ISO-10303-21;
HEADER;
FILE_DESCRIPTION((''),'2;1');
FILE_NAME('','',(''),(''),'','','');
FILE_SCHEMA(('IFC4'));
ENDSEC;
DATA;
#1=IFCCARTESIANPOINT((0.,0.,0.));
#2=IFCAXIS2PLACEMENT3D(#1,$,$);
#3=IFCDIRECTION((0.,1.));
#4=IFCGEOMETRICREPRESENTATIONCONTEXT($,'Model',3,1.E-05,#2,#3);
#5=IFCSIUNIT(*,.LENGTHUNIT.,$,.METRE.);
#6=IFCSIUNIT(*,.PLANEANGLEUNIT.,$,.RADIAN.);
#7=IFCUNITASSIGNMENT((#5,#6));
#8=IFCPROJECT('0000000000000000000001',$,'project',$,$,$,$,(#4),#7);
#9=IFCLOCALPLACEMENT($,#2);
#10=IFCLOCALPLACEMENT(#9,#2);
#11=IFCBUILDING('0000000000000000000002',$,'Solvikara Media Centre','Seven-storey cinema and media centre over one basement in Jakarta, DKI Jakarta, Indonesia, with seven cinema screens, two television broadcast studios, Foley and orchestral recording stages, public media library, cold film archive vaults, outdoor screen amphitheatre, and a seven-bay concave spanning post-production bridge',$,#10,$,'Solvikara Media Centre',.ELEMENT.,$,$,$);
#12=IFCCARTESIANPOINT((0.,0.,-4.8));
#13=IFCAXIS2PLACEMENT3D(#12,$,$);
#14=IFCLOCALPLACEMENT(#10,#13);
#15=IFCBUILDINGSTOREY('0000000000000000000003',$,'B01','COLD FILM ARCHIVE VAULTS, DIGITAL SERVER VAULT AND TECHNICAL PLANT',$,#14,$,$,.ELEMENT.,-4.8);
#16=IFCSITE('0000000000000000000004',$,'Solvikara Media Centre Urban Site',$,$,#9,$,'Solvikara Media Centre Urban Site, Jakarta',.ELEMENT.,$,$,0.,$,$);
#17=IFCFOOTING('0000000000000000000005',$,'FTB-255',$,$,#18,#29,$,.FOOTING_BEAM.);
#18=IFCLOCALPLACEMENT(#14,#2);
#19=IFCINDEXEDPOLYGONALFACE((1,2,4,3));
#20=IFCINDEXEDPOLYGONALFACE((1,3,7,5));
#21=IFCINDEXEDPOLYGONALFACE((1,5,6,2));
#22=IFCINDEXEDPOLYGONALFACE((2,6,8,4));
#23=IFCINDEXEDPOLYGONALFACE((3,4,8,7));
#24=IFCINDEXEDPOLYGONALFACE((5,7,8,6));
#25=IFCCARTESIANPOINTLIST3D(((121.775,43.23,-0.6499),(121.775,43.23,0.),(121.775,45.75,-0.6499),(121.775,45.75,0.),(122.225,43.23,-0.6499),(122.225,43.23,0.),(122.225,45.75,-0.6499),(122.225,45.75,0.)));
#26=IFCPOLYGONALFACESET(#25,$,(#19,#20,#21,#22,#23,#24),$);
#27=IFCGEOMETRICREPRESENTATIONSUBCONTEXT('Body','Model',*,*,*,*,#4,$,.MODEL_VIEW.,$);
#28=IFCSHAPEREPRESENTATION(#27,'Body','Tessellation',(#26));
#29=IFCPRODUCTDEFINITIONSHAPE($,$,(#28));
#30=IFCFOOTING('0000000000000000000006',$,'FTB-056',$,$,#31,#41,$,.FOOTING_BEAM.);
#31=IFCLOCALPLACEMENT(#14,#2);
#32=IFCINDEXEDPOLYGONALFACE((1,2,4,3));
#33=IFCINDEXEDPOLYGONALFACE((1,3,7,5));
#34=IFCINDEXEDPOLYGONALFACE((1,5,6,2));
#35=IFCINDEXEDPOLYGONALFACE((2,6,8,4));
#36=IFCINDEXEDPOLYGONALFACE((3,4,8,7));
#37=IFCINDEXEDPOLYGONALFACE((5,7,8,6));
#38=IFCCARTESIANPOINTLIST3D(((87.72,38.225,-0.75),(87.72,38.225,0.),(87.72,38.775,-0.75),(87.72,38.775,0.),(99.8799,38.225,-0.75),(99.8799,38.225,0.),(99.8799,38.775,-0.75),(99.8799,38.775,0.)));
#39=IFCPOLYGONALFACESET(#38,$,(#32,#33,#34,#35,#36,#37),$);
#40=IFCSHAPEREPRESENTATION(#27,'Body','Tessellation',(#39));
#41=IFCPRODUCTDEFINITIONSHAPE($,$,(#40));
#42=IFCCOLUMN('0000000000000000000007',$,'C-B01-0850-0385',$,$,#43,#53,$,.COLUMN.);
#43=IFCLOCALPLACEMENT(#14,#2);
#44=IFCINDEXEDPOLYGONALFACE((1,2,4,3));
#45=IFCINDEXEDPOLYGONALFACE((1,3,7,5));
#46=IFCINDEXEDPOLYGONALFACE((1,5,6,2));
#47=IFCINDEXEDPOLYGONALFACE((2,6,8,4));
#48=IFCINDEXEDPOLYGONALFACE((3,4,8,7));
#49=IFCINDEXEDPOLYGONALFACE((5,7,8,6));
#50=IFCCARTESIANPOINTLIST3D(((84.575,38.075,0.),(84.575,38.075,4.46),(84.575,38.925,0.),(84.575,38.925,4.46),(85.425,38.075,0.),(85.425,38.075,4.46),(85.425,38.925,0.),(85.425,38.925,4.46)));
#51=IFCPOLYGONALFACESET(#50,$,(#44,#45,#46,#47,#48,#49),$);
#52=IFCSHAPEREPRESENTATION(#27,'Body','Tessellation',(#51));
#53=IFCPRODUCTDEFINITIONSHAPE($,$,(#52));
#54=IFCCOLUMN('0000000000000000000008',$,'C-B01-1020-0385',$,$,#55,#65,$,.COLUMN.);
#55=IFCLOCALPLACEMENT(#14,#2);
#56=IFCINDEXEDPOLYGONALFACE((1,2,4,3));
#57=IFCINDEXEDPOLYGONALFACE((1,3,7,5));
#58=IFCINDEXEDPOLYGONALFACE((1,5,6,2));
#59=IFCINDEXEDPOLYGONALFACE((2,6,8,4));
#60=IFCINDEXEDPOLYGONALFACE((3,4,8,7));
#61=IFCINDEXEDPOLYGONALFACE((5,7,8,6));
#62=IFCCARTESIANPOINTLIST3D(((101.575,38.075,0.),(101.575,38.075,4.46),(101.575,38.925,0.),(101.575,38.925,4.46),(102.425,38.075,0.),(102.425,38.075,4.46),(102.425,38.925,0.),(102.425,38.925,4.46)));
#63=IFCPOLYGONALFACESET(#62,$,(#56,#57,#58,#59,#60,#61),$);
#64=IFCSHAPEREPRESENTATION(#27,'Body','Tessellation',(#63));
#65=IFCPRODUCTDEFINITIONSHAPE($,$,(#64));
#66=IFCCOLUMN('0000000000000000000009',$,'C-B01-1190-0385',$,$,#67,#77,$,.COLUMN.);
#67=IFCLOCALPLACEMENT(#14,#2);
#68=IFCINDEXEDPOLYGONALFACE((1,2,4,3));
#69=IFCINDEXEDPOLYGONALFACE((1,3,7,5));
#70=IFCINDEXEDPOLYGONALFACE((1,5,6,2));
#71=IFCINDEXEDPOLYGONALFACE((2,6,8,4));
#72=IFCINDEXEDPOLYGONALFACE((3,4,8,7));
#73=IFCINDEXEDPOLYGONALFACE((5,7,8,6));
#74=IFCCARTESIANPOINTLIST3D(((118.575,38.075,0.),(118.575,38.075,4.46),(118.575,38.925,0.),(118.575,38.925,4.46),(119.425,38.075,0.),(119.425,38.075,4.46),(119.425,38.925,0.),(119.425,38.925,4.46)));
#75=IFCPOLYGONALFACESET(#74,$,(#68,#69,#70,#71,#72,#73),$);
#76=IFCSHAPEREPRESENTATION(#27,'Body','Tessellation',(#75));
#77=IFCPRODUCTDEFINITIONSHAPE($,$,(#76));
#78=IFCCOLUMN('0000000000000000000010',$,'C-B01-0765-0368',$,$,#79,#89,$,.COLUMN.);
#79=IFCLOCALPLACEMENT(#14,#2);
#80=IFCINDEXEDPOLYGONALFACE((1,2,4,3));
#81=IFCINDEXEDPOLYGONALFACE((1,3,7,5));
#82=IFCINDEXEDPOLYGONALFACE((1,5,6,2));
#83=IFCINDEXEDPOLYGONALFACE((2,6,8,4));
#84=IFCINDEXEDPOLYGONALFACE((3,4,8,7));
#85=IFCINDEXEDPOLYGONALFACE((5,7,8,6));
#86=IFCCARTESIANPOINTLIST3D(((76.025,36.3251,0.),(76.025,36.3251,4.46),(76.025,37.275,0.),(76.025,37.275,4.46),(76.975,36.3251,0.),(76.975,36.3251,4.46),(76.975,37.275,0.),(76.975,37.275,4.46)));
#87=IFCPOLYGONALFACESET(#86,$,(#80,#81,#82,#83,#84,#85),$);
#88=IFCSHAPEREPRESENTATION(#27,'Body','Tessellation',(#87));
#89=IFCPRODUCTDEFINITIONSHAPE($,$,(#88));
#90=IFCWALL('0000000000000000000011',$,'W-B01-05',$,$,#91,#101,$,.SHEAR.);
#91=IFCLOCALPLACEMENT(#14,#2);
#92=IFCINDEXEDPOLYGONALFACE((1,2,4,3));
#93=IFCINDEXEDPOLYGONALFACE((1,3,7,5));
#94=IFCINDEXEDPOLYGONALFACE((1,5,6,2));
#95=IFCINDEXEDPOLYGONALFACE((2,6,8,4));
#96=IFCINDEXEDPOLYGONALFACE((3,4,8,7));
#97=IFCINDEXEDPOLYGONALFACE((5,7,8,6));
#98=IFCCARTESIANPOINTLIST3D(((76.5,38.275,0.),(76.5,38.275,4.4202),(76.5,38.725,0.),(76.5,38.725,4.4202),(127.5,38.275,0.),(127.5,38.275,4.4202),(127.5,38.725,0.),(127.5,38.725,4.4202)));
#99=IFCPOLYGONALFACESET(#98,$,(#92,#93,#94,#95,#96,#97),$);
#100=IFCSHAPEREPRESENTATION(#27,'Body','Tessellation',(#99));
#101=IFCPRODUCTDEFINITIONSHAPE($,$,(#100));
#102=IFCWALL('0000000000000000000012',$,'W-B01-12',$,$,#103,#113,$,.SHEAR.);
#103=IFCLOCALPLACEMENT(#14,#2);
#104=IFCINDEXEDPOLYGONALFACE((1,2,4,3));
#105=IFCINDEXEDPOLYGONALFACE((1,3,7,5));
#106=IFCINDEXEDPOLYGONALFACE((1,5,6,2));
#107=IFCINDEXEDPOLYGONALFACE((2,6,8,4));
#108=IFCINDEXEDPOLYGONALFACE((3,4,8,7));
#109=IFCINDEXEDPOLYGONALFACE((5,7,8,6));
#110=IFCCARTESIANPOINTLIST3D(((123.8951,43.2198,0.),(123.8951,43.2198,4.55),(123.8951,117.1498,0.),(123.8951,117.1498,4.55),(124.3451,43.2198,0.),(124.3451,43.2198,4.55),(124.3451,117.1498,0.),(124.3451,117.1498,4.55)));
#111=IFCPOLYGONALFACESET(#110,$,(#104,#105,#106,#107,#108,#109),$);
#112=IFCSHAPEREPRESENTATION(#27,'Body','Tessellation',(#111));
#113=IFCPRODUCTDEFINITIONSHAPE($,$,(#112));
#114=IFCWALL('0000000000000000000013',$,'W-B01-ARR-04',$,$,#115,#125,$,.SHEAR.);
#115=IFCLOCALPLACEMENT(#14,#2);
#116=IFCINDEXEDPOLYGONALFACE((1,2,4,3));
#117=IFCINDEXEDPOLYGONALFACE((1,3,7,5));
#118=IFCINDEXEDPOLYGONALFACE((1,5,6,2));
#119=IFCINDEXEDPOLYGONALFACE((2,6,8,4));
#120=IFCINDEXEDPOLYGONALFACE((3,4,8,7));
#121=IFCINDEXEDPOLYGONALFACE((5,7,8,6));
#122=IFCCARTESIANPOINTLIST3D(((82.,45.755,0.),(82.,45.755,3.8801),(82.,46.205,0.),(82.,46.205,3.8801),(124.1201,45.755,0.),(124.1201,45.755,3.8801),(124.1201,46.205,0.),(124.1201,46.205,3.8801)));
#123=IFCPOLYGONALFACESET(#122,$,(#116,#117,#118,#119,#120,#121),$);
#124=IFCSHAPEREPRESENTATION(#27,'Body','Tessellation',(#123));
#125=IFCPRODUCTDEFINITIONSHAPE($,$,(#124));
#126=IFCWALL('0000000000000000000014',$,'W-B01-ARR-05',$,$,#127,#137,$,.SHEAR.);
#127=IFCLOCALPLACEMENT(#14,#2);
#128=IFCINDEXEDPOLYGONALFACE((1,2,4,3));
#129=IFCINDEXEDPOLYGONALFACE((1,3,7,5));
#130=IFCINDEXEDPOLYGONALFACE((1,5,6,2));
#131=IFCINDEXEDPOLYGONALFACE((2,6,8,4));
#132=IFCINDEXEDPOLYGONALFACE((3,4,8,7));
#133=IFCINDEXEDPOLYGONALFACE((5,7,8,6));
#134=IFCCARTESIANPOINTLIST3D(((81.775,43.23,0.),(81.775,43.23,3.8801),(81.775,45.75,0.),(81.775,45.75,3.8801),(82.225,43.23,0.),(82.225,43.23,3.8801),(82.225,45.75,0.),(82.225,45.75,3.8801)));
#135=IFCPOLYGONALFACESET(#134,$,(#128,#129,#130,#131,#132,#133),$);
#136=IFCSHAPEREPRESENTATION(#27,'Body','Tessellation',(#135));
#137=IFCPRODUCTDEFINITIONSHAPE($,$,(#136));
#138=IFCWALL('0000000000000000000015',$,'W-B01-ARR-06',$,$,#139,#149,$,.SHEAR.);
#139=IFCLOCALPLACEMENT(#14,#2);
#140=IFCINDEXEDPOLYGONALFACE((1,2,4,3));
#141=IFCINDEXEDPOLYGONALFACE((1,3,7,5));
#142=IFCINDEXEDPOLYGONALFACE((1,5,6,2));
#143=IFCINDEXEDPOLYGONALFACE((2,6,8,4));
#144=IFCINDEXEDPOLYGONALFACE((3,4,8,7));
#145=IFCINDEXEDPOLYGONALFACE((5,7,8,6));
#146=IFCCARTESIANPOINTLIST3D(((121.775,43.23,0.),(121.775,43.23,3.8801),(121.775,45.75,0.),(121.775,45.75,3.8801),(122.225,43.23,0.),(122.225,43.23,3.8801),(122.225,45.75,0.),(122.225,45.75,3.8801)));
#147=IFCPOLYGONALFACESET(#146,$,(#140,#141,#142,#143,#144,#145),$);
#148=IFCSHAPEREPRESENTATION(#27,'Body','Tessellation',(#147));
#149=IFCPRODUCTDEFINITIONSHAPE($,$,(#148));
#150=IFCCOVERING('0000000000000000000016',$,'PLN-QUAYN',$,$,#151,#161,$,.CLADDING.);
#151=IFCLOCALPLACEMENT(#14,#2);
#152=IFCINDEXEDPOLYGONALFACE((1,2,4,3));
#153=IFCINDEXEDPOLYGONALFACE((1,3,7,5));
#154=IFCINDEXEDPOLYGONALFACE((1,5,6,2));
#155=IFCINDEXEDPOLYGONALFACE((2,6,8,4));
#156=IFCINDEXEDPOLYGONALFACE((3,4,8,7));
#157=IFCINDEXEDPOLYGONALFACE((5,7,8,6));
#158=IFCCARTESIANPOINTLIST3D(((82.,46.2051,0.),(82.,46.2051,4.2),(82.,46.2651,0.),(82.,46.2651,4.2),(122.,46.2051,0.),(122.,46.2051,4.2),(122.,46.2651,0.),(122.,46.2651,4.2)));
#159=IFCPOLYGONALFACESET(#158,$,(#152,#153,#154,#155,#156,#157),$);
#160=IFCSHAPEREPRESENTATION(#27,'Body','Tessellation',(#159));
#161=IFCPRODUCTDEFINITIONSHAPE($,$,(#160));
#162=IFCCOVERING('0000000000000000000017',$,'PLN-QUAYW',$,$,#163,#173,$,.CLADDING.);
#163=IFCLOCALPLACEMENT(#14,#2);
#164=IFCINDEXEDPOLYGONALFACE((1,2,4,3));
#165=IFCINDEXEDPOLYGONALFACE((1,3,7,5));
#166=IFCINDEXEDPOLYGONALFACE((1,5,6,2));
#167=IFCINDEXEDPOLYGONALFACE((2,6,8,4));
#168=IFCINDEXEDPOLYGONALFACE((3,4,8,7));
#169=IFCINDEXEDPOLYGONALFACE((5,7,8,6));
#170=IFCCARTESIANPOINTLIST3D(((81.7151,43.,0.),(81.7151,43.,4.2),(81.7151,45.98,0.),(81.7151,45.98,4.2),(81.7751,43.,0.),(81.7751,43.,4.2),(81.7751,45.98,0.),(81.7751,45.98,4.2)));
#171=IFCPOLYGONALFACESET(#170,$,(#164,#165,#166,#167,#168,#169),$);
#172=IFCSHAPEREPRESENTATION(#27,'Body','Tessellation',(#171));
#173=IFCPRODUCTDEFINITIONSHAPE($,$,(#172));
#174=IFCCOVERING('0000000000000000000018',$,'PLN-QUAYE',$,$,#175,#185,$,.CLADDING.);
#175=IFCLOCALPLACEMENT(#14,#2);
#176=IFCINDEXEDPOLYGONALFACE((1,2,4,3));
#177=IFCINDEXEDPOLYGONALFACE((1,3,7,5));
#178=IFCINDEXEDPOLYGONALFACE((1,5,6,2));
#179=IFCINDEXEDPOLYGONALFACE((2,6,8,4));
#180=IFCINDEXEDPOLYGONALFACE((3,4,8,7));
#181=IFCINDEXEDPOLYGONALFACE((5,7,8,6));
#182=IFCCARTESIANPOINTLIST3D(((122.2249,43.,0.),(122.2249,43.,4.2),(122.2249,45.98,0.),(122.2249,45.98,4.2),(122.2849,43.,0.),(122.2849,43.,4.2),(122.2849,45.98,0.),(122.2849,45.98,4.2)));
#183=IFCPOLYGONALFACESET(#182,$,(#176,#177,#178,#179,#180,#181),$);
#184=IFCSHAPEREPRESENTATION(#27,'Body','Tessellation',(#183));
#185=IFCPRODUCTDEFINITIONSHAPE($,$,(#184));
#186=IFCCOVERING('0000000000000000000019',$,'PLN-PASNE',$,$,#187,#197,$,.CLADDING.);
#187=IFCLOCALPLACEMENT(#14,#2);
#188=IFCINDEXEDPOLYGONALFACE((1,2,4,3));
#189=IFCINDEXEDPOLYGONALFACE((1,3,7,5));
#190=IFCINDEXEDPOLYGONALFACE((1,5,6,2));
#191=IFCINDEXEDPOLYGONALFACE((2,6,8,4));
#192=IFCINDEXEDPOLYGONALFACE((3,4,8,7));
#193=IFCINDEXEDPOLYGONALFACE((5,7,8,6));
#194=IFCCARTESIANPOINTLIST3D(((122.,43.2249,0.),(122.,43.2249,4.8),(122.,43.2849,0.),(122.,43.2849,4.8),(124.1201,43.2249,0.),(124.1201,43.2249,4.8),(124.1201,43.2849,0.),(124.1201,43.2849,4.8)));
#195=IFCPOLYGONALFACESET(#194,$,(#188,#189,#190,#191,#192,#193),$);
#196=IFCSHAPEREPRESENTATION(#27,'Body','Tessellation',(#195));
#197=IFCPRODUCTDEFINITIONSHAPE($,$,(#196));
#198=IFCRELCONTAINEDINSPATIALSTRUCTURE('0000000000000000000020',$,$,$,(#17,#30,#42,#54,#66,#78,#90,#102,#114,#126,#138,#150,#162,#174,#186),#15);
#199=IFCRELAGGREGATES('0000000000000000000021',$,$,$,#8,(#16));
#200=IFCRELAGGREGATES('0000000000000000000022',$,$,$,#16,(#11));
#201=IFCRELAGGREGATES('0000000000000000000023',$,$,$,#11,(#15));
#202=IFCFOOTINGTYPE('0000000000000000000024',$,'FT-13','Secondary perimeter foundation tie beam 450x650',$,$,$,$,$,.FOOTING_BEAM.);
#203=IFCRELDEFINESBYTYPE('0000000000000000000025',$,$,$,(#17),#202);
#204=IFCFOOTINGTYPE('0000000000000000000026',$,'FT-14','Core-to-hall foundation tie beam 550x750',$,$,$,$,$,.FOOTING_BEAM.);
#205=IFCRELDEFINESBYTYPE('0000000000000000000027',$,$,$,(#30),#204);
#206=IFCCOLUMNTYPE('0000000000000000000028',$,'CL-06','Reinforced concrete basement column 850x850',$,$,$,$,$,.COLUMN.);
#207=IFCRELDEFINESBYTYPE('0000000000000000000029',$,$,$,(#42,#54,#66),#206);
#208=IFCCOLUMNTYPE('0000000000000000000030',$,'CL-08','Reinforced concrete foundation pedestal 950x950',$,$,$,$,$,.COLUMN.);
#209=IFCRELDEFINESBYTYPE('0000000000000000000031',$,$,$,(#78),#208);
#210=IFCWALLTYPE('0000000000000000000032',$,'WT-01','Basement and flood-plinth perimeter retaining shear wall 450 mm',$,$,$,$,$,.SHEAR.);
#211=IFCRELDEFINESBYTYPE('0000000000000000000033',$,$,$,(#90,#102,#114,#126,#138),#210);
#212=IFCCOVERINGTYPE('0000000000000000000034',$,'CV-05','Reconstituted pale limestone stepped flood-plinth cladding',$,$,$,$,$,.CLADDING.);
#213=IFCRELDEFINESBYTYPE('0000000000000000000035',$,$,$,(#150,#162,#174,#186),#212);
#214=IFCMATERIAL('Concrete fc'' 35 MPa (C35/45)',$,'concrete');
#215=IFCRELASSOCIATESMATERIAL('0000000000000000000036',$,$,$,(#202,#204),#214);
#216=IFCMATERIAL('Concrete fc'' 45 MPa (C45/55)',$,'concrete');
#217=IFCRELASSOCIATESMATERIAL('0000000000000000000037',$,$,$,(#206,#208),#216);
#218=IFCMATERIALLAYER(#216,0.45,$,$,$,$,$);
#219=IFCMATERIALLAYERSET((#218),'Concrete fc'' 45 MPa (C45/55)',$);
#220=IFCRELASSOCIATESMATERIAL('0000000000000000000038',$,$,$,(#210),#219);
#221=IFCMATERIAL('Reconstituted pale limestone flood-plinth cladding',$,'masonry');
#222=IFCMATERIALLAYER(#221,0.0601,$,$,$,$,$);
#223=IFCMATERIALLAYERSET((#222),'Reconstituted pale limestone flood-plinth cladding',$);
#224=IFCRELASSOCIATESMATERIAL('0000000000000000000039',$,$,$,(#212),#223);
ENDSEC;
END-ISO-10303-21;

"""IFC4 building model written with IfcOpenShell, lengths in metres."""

from ifc_helpers import new_model, si_unit, direction, frame, frame_2d, origin, origin_2d, place, context, subcontext, project, spatial, rectangle, extrude, material, layer, layer_set, material_profile, profile_set, type_object, element, save


model = new_model("IFC4")

# Units and contexts
model_context = context("Model", 3, precision=1e-05, world=origin(), true_north=direction((0.0, 1.0)))
body_context = subcontext(model_context, "Body", "Model", "MODEL_VIEW")
ifc_project = project(units=[si_unit("LENGTHUNIT", "METRE"), si_unit("PLANEANGLEUNIT", "RADIAN")], contexts=[model_context])

# Site, building, storey
site_placement = place(None, origin())
site = spatial("IfcSite", under=ifc_project, at=site_placement, Name="Solvikara Media Centre Urban Site", LongName="Solvikara Media Centre Urban Site, Jakarta", CompositionType="ELEMENT", RefElevation=0.0)
building_placement = place(site_placement, origin())
building = spatial("IfcBuilding", under=site, at=building_placement, Name="Solvikara Media Centre", Description="Seven-storey cinema and media centre over one basement in Jakarta, DKI Jakarta, Indonesia, with seven cinema screens, two television broadcast studios, Foley and orchestral recording stages, public media library, cold film archive vaults, outdoor screen amphitheatre, and a seven-bay concave spanning post-production bridge", LongName="Solvikara Media Centre", CompositionType="ELEMENT")
storey_placement = place(building_placement, frame((0.0, 0.0, -4.8)))
storey = spatial("IfcBuildingStorey", under=building, at=storey_placement, Name="B01", Description="COLD FILM ARCHIVE VAULTS, DIGITAL SERVER VAULT AND TECHNICAL PLANT", CompositionType="ELEMENT", Elevation=-4.8)

# Shared definitions
ifc_material_1 = material(Name="Concrete fc' 35 MPa (C35/45)", Category="concrete")

# Footings
ifc_material_profile_1 = material_profile(ifc_material_1, rectangle(XDim=0.45, YDim=0.6499, at=origin_2d()), Name="RC 450x650")
ifc_profile_set_1 = profile_set([ifc_material_profile_1], Name="Concrete fc' 35 MPa (C35/45)")
footing_type_1 = type_object("IfcFootingType", Name="FT-13", Description="Secondary perimeter foundation tie beam 450x650", PredefinedType="FOOTING_BEAM", material=ifc_profile_set_1)
for number, where, z_axis, x_axis, name in (
    (1, (122.0, 43.23, -0.325), (0.0, 1.0, 0.0), (-1.0, 0.0, 0.0), "FTB-255"),
):
    element("IfcFooting", number, at=place(storey_placement, frame(where, z_axis=z_axis, x_axis=x_axis)), inside=storey, type_object=footing_type_1, Name=name, PredefinedType="FOOTING_BEAM", context=body_context, shape_type="SweptSolid", body=[
        extrude(rectangle(XDim=0.45, YDim=0.6499, at=origin_2d()), origin(), (0.0, 0.0, 1.0), 2.52),
    ])
ifc_material_profile_2 = material_profile(ifc_material_1, rectangle(XDim=0.55, YDim=0.75, at=origin_2d()), Name="RC 550x750")
ifc_profile_set_2 = profile_set([ifc_material_profile_2], Name="Concrete fc' 35 MPa (C35/45)")
footing_type_2 = type_object("IfcFootingType", Name="FT-14", Description="Core-to-hall foundation tie beam 550x750", PredefinedType="FOOTING_BEAM", material=ifc_profile_set_2)
footing_1_placement = place(storey_placement, frame((87.72, 38.5, -0.375), z_axis=(1.0, 0.0, 0.0), x_axis=(0.0, 1.0, 0.0)))
element("IfcFooting", 2, at=footing_1_placement, inside=storey, type_object=footing_type_2, Name="FTB-056", PredefinedType="FOOTING_BEAM", context=body_context, shape_type="SweptSolid", body=[
    extrude(rectangle(XDim=0.55, YDim=0.75, at=origin_2d()), origin(), (0.0, 0.0, 1.0), 12.1599),
])

# Columns
ifc_material_2 = material(Name="Concrete fc' 45 MPa (C45/55)", Category="concrete")
ifc_material_profile_3 = material_profile(ifc_material_2, rectangle(XDim=0.8501, YDim=0.8501, at=origin_2d()), Name="RC 850x850")
ifc_profile_set_3 = profile_set([ifc_material_profile_3], Name="Concrete fc' 45 MPa (C45/55)")
column_type_1 = type_object("IfcColumnType", Name="CL-06", Description="Reinforced concrete basement column 850x850", PredefinedType="COLUMN", material=ifc_profile_set_3)
for number, where, z_axis, x_axis, name in (
    (3, (85.0, 38.5, 0.0), (0.0, 0.0, 1.0), (1.0, 0.0, 0.0), "C-B01-0850-0385"),
    (4, (102.0, 38.5, 0.0), (0.0, 0.0, 1.0), (1.0, 0.0, 0.0), "C-B01-1020-0385"),
    (5, (119.0, 38.5, 0.0), (0.0, 0.0, 1.0), (1.0, 0.0, 0.0), "C-B01-1190-0385"),
):
    element("IfcColumn", number, at=place(storey_placement, frame(where, z_axis=z_axis, x_axis=x_axis)), inside=storey, type_object=column_type_1, Name=name, PredefinedType="COLUMN", context=body_context, shape_type="SweptSolid", body=[
        extrude(rectangle(XDim=0.8501, YDim=0.8501, at=origin_2d()), origin(), (0.0, 0.0, 1.0), 4.46),
    ])
ifc_material_profile_4 = material_profile(ifc_material_2, rectangle(XDim=0.95, YDim=0.95, at=origin_2d()), Name="RC 950x950")
ifc_profile_set_4 = profile_set([ifc_material_profile_4], Name="Concrete fc' 45 MPa (C45/55)")
column_type_2 = type_object("IfcColumnType", Name="CL-08", Description="Reinforced concrete foundation pedestal 950x950", PredefinedType="COLUMN", material=ifc_profile_set_4)
column_placement = place(storey_placement, frame((76.5, 36.8, 0.0), z_axis=(0.0, 0.0, 1.0), x_axis=(1.0, 0.0, 0.0)))
element("IfcColumn", 6, at=column_placement, inside=storey, type_object=column_type_2, Name="C-B01-0765-0368", PredefinedType="COLUMN", context=body_context, shape_type="SweptSolid", body=[
    extrude(rectangle(XDim=0.95, YDim=0.95, at=origin_2d()), origin(), (0.0, 0.0, 1.0), 4.46),
])

# Walls
ifc_layer_1 = layer(ifc_material_2, 0.45)
ifc_layer_set_1 = layer_set([ifc_layer_1], Name="Concrete fc' 45 MPa (C45/55)")
wall_type = type_object("IfcWallType", Name="WT-01", Description="Basement and flood-plinth perimeter retaining shear wall 450 mm", PredefinedType="SHEAR", material=ifc_layer_set_1)
wall_1_placement = place(storey_placement, frame((76.5, 38.5, 0.0), z_axis=(0.0, 0.0, 1.0), x_axis=(1.0, 0.0, 0.0)))
element("IfcWall", 7, at=wall_1_placement, inside=storey, type_object=wall_type, Name="W-B01-05", PredefinedType="SHEAR", context=body_context, shape_type="SweptSolid", body=[
    extrude(rectangle(XDim=51.0, YDim=0.45, at=frame_2d((25.5, 0.0))), origin(), (0.0, 0.0, 1.0), 4.4202),
])
wall_2_placement = place(storey_placement, frame((124.1201, 43.22, 0.0), z_axis=(0.0, 0.0, 1.0), x_axis=(0.0, 1.0, 0.0)))
element("IfcWall", 8, at=wall_2_placement, inside=storey, type_object=wall_type, Name="W-B01-12", PredefinedType="SHEAR", context=body_context, shape_type="SweptSolid", body=[
    extrude(rectangle(XDim=73.9299, YDim=0.45, at=frame_2d((36.9648, 0.0))), origin(), (0.0, 0.0, 1.0), 4.55),
])
wall_3_placement = place(storey_placement, frame((82.0, 45.98, 0.0), z_axis=(0.0, 0.0, 1.0), x_axis=(1.0, 0.0, 0.0)))
element("IfcWall", 9, at=wall_3_placement, inside=storey, type_object=wall_type, Name="W-B01-ARR-04", PredefinedType="SHEAR", context=body_context, shape_type="SweptSolid", body=[
    extrude(rectangle(XDim=42.1201, YDim=0.45, at=frame_2d((21.0601, 0.0))), origin(), (0.0, 0.0, 1.0), 3.8801),
])
for number, where, z_axis, x_axis, name in (
    (10, (82.0, 43.23, 0.0), (0.0, 0.0, 1.0), (0.0, 1.0, 0.0), "W-B01-ARR-05"),
    (11, (122.0, 43.23, 0.0), (0.0, 0.0, 1.0), (0.0, 1.0, 0.0), "W-B01-ARR-06"),
):
    element("IfcWall", number, at=place(storey_placement, frame(where, z_axis=z_axis, x_axis=x_axis)), inside=storey, type_object=wall_type, Name=name, PredefinedType="SHEAR", context=body_context, shape_type="SweptSolid", body=[
        extrude(rectangle(XDim=2.52, YDim=0.45, at=frame_2d((1.26, 0.0))), origin(), (0.0, 0.0, 1.0), 3.8801),
    ])

# Coverings
ifc_material_3 = material(Name="Reconstituted pale limestone flood-plinth cladding", Category="masonry")
ifc_layer_2 = layer(ifc_material_3, 0.0601)
ifc_layer_set_2 = layer_set([ifc_layer_2], Name="Reconstituted pale limestone flood-plinth cladding")
covering_type = type_object("IfcCoveringType", Name="CV-05", Description="Reconstituted pale limestone stepped flood-plinth cladding", PredefinedType="CLADDING", material=ifc_layer_set_2)
covering_1_placement = place(storey_placement, frame((102.0, 46.2351, 0.0), z_axis=(0.0, 0.0, 1.0), x_axis=(1.0, 0.0, 0.0)))
element("IfcCovering", 12, at=covering_1_placement, inside=storey, type_object=covering_type, Name="PLN-QUAYN", PredefinedType="CLADDING", context=body_context, shape_type="SweptSolid", body=[
    extrude(rectangle(XDim=40.0, YDim=0.0601, at=origin_2d()), origin(), (0.0, 0.0, 1.0), 4.2),
])
for number, where, z_axis, x_axis, name in (
    (13, (81.7451, 44.49, 0.0), (0.0, 0.0, 1.0), (0.0, 1.0, 0.0), "PLN-QUAYW"),
    (14, (122.2549, 44.49, 0.0), (0.0, 0.0, 1.0), (0.0, 1.0, 0.0), "PLN-QUAYE"),
):
    element("IfcCovering", number, at=place(storey_placement, frame(where, z_axis=z_axis, x_axis=x_axis)), inside=storey, type_object=covering_type, Name=name, PredefinedType="CLADDING", context=body_context, shape_type="SweptSolid", body=[
        extrude(rectangle(XDim=2.98, YDim=0.0601, at=origin_2d()), origin(), (0.0, 0.0, 1.0), 4.2),
    ])
covering_2_placement = place(storey_placement, frame((123.0601, 43.2549, 0.0), z_axis=(0.0, 0.0, 1.0), x_axis=(1.0, 0.0, 0.0)))
element("IfcCovering", 15, at=covering_2_placement, inside=storey, type_object=covering_type, Name="PLN-PASNE", PredefinedType="CLADDING", context=body_context, shape_type="SweptSolid", body=[
    extrude(rectangle(XDim=2.1201, YDim=0.0601, at=origin_2d()), origin(), (0.0, 0.0, 1.0), 4.8),
])

save(model, "model.ifc")
